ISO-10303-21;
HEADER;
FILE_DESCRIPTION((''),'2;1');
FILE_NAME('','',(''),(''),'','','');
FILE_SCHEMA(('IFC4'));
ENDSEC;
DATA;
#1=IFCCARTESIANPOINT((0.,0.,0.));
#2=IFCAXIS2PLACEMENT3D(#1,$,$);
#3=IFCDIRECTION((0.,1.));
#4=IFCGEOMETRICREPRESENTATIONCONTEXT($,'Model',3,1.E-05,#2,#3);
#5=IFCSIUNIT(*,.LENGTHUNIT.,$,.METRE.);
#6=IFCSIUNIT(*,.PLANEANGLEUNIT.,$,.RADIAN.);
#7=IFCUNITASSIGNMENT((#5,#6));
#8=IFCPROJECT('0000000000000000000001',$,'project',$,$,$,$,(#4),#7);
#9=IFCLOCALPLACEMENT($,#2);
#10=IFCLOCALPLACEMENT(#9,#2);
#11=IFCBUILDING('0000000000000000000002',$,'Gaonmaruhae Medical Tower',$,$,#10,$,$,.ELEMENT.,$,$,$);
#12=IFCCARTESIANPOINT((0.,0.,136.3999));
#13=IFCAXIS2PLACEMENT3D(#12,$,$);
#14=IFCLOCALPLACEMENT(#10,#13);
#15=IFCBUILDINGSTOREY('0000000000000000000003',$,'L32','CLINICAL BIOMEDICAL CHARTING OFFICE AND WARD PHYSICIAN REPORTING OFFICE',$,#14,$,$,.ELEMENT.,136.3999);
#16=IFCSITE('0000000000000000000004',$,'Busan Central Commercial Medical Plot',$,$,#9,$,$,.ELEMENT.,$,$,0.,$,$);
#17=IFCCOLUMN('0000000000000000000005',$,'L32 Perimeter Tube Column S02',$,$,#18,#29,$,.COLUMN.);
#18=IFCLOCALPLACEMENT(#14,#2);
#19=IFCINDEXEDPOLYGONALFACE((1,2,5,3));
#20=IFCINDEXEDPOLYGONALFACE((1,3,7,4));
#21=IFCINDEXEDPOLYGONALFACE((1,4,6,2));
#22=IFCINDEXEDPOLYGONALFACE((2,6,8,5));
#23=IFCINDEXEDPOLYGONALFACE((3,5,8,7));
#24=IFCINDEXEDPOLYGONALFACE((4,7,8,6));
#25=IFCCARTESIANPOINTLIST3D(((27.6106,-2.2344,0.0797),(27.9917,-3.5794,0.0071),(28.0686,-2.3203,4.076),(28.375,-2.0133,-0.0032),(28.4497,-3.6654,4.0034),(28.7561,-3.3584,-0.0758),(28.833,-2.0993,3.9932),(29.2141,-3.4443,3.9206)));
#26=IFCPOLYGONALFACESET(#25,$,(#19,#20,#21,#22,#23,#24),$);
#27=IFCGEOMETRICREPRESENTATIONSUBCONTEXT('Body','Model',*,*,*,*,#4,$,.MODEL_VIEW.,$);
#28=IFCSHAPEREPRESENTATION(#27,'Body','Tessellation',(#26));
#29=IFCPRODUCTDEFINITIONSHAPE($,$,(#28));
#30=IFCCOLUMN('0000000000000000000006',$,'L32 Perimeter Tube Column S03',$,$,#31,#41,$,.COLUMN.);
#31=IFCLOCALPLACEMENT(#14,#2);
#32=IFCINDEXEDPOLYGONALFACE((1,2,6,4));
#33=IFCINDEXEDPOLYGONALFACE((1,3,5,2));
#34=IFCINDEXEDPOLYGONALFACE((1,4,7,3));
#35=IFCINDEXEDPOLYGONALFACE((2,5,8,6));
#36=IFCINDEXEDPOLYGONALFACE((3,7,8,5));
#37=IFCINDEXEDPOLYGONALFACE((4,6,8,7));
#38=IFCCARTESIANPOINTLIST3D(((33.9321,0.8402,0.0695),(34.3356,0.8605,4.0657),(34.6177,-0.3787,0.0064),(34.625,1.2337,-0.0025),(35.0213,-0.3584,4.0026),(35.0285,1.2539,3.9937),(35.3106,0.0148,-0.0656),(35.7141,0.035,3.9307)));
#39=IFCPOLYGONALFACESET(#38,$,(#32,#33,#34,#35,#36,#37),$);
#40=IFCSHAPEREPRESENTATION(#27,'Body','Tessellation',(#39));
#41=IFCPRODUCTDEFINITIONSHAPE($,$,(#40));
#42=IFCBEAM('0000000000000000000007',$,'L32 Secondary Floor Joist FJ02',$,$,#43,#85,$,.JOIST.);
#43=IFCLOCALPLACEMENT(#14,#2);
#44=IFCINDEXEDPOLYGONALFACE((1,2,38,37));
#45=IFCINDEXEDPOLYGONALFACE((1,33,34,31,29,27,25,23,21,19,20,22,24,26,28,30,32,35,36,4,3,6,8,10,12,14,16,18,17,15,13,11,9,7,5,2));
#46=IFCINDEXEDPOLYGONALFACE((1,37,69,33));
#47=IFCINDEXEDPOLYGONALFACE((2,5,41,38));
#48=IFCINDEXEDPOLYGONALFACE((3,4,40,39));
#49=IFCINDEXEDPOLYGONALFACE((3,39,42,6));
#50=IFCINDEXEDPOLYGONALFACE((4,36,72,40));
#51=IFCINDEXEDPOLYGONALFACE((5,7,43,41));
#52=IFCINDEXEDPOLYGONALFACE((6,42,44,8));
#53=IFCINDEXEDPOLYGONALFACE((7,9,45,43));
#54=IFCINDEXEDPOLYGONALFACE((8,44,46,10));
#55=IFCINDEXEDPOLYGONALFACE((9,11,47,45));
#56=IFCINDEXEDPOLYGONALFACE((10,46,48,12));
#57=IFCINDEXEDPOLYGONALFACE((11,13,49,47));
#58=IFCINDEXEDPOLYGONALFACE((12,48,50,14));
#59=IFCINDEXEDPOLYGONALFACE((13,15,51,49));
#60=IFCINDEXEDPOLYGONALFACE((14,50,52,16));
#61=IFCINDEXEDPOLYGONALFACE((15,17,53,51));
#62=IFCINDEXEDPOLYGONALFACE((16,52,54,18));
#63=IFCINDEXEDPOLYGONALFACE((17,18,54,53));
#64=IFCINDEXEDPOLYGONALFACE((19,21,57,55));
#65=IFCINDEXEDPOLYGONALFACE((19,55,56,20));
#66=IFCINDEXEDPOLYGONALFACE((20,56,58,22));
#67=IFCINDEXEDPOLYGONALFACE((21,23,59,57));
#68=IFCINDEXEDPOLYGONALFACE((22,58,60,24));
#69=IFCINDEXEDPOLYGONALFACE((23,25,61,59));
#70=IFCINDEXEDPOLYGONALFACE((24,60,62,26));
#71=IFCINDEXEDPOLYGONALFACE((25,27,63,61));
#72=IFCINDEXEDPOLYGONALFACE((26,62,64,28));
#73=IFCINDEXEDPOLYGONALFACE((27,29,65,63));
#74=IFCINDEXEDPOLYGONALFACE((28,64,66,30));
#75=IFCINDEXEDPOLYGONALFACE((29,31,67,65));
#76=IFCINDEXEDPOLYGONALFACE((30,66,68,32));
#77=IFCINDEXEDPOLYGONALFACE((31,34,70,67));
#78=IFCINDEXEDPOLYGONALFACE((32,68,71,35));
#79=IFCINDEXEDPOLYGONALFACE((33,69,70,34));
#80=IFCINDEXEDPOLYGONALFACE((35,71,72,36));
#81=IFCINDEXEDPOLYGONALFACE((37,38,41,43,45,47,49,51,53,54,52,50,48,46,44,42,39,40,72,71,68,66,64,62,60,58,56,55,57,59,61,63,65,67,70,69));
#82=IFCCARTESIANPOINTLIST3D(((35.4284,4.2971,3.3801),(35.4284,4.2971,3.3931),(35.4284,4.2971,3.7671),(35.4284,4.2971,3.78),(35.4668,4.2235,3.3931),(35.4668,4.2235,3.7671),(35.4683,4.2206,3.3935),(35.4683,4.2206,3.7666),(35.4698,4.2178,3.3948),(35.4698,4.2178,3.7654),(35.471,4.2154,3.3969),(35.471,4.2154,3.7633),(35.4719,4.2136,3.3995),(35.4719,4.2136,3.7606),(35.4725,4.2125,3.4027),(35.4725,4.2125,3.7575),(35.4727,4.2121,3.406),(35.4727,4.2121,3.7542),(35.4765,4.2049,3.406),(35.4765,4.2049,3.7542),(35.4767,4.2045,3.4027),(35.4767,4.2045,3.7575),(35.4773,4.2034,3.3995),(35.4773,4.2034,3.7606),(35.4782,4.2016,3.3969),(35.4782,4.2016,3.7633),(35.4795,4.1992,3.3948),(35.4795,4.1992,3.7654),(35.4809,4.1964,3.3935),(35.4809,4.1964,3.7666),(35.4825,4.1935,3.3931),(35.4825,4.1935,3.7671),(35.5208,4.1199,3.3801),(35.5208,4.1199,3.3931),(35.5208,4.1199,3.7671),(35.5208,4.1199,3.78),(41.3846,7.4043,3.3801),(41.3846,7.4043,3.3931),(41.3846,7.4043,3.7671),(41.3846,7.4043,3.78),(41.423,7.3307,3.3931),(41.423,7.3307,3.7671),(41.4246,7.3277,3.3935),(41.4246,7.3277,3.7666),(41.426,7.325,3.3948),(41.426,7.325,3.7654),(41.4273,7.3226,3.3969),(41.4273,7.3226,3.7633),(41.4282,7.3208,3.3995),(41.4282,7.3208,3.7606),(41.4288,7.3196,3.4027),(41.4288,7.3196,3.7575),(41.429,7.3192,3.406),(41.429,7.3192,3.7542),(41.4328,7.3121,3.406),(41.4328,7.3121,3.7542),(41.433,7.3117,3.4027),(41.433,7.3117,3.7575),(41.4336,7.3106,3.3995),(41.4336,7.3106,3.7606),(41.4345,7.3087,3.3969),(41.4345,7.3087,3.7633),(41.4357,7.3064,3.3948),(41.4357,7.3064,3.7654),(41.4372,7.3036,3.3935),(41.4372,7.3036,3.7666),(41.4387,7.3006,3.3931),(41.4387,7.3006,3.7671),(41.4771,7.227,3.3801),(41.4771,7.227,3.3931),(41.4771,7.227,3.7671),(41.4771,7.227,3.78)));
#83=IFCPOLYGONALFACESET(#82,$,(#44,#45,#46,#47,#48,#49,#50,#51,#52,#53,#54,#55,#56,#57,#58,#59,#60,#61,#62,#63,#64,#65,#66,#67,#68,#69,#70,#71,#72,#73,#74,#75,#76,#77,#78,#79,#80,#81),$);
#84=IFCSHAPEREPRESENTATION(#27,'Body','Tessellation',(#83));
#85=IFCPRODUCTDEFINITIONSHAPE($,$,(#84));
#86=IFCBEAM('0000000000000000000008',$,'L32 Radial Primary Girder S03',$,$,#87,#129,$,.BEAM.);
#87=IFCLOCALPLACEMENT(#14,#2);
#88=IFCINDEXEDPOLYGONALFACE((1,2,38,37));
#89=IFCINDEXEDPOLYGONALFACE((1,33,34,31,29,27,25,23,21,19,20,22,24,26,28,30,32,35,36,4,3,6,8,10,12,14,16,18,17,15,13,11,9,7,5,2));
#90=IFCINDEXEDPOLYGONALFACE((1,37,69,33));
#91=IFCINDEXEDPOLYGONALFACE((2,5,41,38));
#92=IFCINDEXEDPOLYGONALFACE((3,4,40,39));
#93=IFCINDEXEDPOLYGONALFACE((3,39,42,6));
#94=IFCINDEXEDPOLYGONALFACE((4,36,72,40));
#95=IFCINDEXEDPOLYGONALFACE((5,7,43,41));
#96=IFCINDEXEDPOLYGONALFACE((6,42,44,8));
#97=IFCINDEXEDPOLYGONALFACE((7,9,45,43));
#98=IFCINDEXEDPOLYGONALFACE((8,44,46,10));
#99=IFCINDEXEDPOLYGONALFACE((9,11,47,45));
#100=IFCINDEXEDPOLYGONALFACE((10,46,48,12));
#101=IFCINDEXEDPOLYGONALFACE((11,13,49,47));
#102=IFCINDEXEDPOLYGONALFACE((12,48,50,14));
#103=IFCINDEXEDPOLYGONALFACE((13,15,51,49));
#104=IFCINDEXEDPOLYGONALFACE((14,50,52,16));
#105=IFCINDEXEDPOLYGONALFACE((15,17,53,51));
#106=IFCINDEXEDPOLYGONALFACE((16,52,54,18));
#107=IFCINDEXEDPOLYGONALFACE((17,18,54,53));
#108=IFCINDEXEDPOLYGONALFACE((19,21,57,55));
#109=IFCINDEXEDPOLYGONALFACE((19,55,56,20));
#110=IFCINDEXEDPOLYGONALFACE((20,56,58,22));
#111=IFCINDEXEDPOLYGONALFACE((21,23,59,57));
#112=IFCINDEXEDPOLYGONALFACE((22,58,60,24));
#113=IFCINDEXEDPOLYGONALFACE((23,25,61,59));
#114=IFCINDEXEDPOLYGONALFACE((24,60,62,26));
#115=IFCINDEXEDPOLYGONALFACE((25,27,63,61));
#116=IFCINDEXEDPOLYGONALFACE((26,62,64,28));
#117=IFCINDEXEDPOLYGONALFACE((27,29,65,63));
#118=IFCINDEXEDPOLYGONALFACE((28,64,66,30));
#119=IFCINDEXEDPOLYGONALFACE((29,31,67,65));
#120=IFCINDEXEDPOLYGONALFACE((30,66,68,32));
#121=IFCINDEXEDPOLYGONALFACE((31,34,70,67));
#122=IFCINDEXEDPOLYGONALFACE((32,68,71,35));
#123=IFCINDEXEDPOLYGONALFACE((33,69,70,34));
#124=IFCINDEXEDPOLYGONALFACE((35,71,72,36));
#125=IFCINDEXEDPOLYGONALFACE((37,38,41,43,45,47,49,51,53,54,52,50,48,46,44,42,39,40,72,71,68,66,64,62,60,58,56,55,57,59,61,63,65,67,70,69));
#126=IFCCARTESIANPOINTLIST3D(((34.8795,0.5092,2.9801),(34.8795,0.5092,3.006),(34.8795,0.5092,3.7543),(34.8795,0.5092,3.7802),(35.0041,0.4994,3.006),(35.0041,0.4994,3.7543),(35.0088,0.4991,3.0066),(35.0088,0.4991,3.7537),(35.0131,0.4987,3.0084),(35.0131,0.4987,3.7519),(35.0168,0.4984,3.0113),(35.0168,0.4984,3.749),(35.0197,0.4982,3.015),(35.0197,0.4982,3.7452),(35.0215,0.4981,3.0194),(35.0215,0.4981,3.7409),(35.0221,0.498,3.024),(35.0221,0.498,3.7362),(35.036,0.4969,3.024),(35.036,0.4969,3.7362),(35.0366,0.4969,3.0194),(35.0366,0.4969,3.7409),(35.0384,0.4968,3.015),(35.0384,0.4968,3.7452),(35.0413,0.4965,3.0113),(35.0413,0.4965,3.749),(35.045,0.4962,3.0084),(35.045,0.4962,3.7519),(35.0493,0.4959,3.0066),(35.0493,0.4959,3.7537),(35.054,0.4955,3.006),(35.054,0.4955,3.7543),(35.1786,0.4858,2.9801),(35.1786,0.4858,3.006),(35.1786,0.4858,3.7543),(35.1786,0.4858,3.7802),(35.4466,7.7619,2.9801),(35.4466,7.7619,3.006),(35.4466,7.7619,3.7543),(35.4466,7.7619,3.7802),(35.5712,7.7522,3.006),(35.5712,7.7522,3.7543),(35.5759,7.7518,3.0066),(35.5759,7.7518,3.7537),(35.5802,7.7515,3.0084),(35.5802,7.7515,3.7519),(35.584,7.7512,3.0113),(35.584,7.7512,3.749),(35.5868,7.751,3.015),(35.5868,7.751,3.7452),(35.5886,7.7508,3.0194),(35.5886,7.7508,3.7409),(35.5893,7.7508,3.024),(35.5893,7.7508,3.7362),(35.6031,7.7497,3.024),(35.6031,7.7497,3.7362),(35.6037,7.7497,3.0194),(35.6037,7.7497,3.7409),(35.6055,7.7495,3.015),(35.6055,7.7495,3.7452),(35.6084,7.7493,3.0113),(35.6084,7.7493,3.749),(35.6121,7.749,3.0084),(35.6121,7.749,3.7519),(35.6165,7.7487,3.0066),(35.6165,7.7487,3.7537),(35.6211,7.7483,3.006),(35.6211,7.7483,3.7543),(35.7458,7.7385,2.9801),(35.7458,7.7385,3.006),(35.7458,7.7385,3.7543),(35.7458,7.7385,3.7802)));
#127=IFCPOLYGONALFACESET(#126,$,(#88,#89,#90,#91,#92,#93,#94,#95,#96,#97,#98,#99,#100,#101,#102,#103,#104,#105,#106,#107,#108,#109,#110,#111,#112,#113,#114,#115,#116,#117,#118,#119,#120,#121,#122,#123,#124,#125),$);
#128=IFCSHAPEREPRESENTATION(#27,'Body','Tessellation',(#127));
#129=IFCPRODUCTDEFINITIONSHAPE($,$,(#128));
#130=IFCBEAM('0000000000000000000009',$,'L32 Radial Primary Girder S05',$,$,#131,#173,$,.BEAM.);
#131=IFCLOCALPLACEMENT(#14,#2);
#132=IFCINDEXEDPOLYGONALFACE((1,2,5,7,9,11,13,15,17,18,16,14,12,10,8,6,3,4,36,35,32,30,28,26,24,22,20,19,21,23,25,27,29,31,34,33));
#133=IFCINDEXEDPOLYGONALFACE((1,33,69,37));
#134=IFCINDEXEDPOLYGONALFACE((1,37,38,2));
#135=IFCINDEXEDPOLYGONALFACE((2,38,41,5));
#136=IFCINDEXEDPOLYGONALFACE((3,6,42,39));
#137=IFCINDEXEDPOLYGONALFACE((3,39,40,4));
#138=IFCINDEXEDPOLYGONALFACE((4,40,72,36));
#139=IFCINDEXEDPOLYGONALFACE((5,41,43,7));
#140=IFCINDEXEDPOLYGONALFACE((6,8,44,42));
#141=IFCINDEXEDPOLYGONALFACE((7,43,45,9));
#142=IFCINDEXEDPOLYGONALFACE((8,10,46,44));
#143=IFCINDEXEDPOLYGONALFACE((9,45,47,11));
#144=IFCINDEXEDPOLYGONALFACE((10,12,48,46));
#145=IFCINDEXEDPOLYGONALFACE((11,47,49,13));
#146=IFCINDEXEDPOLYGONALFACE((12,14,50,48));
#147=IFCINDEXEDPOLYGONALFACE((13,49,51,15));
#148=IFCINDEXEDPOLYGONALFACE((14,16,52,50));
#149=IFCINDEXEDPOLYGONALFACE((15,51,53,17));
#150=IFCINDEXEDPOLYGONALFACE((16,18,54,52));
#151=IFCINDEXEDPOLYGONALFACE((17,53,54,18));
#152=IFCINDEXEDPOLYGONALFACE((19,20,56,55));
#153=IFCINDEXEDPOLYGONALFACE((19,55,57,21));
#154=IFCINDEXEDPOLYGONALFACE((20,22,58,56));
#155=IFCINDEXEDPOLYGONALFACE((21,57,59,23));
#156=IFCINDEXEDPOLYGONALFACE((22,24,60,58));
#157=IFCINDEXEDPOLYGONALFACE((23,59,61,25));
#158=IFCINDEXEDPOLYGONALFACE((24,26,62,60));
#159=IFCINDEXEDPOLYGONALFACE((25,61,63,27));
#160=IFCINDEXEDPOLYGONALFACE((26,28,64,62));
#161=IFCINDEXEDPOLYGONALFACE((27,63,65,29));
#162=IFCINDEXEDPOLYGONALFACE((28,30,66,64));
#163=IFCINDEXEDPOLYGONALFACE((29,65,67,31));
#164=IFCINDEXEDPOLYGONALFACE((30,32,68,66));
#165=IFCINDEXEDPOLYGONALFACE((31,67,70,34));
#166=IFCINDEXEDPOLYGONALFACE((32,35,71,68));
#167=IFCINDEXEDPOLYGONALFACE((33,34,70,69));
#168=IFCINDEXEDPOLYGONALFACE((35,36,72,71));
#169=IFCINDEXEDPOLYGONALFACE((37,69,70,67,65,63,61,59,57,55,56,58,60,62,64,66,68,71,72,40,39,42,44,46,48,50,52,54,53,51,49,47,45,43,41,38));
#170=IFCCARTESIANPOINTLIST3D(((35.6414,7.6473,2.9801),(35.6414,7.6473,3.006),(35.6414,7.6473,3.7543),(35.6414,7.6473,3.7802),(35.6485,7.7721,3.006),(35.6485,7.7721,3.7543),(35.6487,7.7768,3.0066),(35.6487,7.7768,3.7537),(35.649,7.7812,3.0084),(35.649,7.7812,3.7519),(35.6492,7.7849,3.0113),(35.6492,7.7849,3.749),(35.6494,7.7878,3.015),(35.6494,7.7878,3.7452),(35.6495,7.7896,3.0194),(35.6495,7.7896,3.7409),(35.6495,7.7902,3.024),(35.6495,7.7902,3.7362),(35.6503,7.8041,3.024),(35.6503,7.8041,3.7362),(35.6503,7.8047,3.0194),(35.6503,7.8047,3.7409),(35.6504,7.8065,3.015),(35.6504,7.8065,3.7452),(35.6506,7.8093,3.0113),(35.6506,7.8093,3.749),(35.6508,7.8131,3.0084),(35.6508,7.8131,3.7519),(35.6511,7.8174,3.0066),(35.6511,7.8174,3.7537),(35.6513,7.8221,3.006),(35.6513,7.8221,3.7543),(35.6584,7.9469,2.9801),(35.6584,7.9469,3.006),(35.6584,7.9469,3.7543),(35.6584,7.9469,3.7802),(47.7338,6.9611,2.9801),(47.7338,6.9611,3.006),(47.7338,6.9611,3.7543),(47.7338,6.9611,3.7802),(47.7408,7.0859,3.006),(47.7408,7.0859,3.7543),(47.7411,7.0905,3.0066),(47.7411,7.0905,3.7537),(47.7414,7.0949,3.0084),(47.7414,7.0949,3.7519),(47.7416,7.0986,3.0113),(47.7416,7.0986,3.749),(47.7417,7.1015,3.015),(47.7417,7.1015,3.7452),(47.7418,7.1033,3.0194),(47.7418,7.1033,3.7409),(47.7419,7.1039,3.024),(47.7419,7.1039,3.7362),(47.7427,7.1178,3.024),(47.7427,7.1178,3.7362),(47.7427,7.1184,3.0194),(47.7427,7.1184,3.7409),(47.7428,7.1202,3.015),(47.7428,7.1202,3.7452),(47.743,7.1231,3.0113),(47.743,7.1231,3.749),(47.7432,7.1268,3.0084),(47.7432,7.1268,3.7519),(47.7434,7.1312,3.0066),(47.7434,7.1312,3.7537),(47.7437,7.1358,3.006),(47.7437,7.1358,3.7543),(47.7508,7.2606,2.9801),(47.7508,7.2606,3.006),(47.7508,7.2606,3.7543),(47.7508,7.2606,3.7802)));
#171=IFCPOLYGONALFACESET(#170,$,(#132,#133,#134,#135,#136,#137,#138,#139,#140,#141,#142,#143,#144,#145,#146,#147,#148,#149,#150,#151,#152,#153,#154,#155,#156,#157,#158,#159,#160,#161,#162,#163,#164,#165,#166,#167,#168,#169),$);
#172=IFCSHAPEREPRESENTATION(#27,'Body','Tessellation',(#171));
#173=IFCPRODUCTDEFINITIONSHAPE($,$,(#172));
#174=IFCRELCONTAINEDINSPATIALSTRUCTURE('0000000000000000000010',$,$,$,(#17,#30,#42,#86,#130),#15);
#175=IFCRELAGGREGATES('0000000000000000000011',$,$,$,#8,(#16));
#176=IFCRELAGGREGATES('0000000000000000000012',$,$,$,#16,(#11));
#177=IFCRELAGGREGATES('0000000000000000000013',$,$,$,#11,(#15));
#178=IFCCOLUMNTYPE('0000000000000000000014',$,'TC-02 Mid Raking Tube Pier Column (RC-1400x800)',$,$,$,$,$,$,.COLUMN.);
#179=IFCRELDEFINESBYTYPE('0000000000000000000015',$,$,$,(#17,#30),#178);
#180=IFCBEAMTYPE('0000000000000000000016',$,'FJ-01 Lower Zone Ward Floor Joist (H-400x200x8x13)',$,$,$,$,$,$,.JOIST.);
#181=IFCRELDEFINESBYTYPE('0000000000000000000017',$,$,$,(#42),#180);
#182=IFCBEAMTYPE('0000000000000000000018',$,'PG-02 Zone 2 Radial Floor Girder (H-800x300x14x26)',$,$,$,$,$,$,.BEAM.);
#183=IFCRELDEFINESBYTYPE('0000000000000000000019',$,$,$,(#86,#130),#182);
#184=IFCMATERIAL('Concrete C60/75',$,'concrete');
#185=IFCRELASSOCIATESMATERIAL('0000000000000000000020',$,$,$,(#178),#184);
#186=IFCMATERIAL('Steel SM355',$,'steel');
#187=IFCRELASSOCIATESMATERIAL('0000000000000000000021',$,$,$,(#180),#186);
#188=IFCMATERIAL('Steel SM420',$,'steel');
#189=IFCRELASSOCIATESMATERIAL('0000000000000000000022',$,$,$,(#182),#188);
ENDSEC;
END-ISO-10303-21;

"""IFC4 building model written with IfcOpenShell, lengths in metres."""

from ifc_helpers import new_model, si_unit, direction, frame, origin, origin_2d, place, context, subcontext, project, spatial, rectangle, i_section, extrude, material, material_profile, profile_set, type_object, element, save


model = new_model("IFC4")

# Units and contexts
model_context = context("Model", 3, precision=1e-05, world=origin(), true_north=direction((0.0, 1.0)))
body_context = subcontext(model_context, "Body", "Model", "MODEL_VIEW")
ifc_project = project(units=[si_unit("LENGTHUNIT", "METRE"), si_unit("PLANEANGLEUNIT", "RADIAN")], contexts=[model_context])

# Site, building, storey
site_placement = place(None, origin())
site = spatial("IfcSite", under=ifc_project, at=site_placement, Name="Busan Central Commercial Medical Plot", CompositionType="ELEMENT", RefElevation=0.0)
building_placement = place(site_placement, origin())
building = spatial("IfcBuilding", under=site, at=building_placement, Name="Gaonmaruhae Medical Tower", CompositionType="ELEMENT")
storey_placement = place(building_placement, frame((0.0, 0.0, 136.3999)))
storey = spatial("IfcBuildingStorey", under=building, at=storey_placement, Name="L32", Description="CLINICAL BIOMEDICAL CHARTING OFFICE AND WARD PHYSICIAN REPORTING OFFICE", CompositionType="ELEMENT", Elevation=136.3999)

# Columns
ifc_material_1 = material(Name="Concrete C60/75", Category="concrete")
ifc_material_profile_1 = material_profile(ifc_material_1, rectangle(XDim=1.3999, YDim=0.8, at=origin_2d()), Name="RC-1400x800")
ifc_profile_set_1 = profile_set([ifc_material_profile_1], Name="Concrete C60/75")
column_type = type_object("IfcColumnType", Name="TC-02 Mid Raking Tube Pier Column (RC-1400x800)", PredefinedType="COLUMN", material=ifc_profile_set_1)
column_1_placement = place(storey_placement, frame((28.1833, -2.7964, 0.002), z_axis=(0.113836, -0.021359, 0.99327), x_axis=(-0.272222, 0.960836, 0.05186)))
element("IfcColumn", 1, at=column_1_placement, inside=storey, type_object=column_type, Name="L32 Perimeter Tube Column S02", PredefinedType="COLUMN", context=body_context, shape_type="SweptSolid", body=[
    extrude(rectangle(XDim=1.3999, YDim=0.8, at=origin_2d()), origin(), (0.0, 0.0, 1.0), 4.0234),
])
column_2_placement = place(storey_placement, frame((34.6213, 0.4275, 0.002), z_axis=(0.100471, 0.005045, 0.994927), x_axis=(-0.489768, 0.870689, 0.045044)))
element("IfcColumn", 2, at=column_2_placement, inside=storey, type_object=column_type, Name="L32 Perimeter Tube Column S03", PredefinedType="COLUMN", context=body_context, shape_type="SweptSolid", body=[
    extrude(rectangle(XDim=1.3999, YDim=0.8, at=origin_2d()), origin(), (0.0, 0.0, 1.0), 4.0166),
])

# Beams
ifc_material_2 = material(Name="Steel SM355", Category="steel")
ifc_material_profile_2 = material_profile(ifc_material_2, i_section(OverallWidth=0.2, OverallDepth=0.3999, WebThickness=0.0081, FlangeThickness=0.0129, FilletRadius=0.0129, at=origin_2d()), Name="H-400x200x8x13")
ifc_profile_set_2 = profile_set([ifc_material_profile_2], Name="Steel SM355")
beam_type_1 = type_object("IfcBeamType", Name="FJ-01 Lower Zone Ward Floor Joist (H-400x200x8x13)", PredefinedType="JOIST", material=ifc_profile_set_2)
beam_1_placement = place(storey_placement, frame((35.4746, 4.2085, 3.5801), z_axis=(0.886613, 0.462513, 0.0), x_axis=(-0.462513, 0.886613, 0.0)))
element("IfcBeam", 3, at=beam_1_placement, inside=storey, type_object=beam_type_1, Name="L32 Secondary Floor Joist FJ02", PredefinedType="JOIST", context=body_context, shape_type="SweptSolid", body=[
    extrude(i_section(OverallWidth=0.2, OverallDepth=0.3999, WebThickness=0.0081, FlangeThickness=0.0129, FilletRadius=0.0129, at=origin_2d()), origin(), (0.0, 0.0, 1.0), 6.718),
])
ifc_material_3 = material(Name="Steel SM420", Category="steel")
ifc_material_profile_3 = material_profile(ifc_material_3, i_section(OverallWidth=0.3, OverallDepth=0.8, WebThickness=0.0139, FlangeThickness=0.0259, FilletRadius=0.0181, at=origin_2d()), Name="H-800x300x14x26")
ifc_profile_set_3 = profile_set([ifc_material_profile_3], Name="Steel SM420")
beam_type_2 = type_object("IfcBeamType", Name="PG-02 Zone 2 Radial Floor Girder (H-800x300x14x26)", PredefinedType="BEAM", material=ifc_profile_set_3)
beam_2_placement = place(storey_placement, frame((35.5962, 7.7502, 3.3801), z_axis=(-0.077959, -0.996957, 0.0), x_axis=(0.996957, -0.077959, 0.0)))
element("IfcBeam", 4, at=beam_2_placement, inside=storey, type_object=beam_type_2, Name="L32 Radial Primary Girder S03", PredefinedType="BEAM", context=body_context, shape_type="SweptSolid", body=[
    extrude(i_section(OverallWidth=0.3, OverallDepth=0.8, WebThickness=0.0139, FlangeThickness=0.0259, FilletRadius=0.0181, at=origin_2d()), origin(), (0.0, 0.0, 1.0), 7.2749),
])
beam_3_placement = place(storey_placement, frame((35.6499, 7.7971, 3.3801), z_axis=(0.998393, -0.056662, 0.0), x_axis=(0.056662, 0.998393, 0.0)))
element("IfcBeam", 5, at=beam_3_placement, inside=storey, type_object=beam_type_2, Name="L32 Radial Primary Girder S05", PredefinedType="BEAM", context=body_context, shape_type="SweptSolid", body=[
    extrude(i_section(OverallWidth=0.3, OverallDepth=0.8, WebThickness=0.0139, FlangeThickness=0.0259, FilletRadius=0.0181, at=origin_2d()), origin(), (0.0, 0.0, 1.0), 12.1118),
])

save(model, "model.ifc")
